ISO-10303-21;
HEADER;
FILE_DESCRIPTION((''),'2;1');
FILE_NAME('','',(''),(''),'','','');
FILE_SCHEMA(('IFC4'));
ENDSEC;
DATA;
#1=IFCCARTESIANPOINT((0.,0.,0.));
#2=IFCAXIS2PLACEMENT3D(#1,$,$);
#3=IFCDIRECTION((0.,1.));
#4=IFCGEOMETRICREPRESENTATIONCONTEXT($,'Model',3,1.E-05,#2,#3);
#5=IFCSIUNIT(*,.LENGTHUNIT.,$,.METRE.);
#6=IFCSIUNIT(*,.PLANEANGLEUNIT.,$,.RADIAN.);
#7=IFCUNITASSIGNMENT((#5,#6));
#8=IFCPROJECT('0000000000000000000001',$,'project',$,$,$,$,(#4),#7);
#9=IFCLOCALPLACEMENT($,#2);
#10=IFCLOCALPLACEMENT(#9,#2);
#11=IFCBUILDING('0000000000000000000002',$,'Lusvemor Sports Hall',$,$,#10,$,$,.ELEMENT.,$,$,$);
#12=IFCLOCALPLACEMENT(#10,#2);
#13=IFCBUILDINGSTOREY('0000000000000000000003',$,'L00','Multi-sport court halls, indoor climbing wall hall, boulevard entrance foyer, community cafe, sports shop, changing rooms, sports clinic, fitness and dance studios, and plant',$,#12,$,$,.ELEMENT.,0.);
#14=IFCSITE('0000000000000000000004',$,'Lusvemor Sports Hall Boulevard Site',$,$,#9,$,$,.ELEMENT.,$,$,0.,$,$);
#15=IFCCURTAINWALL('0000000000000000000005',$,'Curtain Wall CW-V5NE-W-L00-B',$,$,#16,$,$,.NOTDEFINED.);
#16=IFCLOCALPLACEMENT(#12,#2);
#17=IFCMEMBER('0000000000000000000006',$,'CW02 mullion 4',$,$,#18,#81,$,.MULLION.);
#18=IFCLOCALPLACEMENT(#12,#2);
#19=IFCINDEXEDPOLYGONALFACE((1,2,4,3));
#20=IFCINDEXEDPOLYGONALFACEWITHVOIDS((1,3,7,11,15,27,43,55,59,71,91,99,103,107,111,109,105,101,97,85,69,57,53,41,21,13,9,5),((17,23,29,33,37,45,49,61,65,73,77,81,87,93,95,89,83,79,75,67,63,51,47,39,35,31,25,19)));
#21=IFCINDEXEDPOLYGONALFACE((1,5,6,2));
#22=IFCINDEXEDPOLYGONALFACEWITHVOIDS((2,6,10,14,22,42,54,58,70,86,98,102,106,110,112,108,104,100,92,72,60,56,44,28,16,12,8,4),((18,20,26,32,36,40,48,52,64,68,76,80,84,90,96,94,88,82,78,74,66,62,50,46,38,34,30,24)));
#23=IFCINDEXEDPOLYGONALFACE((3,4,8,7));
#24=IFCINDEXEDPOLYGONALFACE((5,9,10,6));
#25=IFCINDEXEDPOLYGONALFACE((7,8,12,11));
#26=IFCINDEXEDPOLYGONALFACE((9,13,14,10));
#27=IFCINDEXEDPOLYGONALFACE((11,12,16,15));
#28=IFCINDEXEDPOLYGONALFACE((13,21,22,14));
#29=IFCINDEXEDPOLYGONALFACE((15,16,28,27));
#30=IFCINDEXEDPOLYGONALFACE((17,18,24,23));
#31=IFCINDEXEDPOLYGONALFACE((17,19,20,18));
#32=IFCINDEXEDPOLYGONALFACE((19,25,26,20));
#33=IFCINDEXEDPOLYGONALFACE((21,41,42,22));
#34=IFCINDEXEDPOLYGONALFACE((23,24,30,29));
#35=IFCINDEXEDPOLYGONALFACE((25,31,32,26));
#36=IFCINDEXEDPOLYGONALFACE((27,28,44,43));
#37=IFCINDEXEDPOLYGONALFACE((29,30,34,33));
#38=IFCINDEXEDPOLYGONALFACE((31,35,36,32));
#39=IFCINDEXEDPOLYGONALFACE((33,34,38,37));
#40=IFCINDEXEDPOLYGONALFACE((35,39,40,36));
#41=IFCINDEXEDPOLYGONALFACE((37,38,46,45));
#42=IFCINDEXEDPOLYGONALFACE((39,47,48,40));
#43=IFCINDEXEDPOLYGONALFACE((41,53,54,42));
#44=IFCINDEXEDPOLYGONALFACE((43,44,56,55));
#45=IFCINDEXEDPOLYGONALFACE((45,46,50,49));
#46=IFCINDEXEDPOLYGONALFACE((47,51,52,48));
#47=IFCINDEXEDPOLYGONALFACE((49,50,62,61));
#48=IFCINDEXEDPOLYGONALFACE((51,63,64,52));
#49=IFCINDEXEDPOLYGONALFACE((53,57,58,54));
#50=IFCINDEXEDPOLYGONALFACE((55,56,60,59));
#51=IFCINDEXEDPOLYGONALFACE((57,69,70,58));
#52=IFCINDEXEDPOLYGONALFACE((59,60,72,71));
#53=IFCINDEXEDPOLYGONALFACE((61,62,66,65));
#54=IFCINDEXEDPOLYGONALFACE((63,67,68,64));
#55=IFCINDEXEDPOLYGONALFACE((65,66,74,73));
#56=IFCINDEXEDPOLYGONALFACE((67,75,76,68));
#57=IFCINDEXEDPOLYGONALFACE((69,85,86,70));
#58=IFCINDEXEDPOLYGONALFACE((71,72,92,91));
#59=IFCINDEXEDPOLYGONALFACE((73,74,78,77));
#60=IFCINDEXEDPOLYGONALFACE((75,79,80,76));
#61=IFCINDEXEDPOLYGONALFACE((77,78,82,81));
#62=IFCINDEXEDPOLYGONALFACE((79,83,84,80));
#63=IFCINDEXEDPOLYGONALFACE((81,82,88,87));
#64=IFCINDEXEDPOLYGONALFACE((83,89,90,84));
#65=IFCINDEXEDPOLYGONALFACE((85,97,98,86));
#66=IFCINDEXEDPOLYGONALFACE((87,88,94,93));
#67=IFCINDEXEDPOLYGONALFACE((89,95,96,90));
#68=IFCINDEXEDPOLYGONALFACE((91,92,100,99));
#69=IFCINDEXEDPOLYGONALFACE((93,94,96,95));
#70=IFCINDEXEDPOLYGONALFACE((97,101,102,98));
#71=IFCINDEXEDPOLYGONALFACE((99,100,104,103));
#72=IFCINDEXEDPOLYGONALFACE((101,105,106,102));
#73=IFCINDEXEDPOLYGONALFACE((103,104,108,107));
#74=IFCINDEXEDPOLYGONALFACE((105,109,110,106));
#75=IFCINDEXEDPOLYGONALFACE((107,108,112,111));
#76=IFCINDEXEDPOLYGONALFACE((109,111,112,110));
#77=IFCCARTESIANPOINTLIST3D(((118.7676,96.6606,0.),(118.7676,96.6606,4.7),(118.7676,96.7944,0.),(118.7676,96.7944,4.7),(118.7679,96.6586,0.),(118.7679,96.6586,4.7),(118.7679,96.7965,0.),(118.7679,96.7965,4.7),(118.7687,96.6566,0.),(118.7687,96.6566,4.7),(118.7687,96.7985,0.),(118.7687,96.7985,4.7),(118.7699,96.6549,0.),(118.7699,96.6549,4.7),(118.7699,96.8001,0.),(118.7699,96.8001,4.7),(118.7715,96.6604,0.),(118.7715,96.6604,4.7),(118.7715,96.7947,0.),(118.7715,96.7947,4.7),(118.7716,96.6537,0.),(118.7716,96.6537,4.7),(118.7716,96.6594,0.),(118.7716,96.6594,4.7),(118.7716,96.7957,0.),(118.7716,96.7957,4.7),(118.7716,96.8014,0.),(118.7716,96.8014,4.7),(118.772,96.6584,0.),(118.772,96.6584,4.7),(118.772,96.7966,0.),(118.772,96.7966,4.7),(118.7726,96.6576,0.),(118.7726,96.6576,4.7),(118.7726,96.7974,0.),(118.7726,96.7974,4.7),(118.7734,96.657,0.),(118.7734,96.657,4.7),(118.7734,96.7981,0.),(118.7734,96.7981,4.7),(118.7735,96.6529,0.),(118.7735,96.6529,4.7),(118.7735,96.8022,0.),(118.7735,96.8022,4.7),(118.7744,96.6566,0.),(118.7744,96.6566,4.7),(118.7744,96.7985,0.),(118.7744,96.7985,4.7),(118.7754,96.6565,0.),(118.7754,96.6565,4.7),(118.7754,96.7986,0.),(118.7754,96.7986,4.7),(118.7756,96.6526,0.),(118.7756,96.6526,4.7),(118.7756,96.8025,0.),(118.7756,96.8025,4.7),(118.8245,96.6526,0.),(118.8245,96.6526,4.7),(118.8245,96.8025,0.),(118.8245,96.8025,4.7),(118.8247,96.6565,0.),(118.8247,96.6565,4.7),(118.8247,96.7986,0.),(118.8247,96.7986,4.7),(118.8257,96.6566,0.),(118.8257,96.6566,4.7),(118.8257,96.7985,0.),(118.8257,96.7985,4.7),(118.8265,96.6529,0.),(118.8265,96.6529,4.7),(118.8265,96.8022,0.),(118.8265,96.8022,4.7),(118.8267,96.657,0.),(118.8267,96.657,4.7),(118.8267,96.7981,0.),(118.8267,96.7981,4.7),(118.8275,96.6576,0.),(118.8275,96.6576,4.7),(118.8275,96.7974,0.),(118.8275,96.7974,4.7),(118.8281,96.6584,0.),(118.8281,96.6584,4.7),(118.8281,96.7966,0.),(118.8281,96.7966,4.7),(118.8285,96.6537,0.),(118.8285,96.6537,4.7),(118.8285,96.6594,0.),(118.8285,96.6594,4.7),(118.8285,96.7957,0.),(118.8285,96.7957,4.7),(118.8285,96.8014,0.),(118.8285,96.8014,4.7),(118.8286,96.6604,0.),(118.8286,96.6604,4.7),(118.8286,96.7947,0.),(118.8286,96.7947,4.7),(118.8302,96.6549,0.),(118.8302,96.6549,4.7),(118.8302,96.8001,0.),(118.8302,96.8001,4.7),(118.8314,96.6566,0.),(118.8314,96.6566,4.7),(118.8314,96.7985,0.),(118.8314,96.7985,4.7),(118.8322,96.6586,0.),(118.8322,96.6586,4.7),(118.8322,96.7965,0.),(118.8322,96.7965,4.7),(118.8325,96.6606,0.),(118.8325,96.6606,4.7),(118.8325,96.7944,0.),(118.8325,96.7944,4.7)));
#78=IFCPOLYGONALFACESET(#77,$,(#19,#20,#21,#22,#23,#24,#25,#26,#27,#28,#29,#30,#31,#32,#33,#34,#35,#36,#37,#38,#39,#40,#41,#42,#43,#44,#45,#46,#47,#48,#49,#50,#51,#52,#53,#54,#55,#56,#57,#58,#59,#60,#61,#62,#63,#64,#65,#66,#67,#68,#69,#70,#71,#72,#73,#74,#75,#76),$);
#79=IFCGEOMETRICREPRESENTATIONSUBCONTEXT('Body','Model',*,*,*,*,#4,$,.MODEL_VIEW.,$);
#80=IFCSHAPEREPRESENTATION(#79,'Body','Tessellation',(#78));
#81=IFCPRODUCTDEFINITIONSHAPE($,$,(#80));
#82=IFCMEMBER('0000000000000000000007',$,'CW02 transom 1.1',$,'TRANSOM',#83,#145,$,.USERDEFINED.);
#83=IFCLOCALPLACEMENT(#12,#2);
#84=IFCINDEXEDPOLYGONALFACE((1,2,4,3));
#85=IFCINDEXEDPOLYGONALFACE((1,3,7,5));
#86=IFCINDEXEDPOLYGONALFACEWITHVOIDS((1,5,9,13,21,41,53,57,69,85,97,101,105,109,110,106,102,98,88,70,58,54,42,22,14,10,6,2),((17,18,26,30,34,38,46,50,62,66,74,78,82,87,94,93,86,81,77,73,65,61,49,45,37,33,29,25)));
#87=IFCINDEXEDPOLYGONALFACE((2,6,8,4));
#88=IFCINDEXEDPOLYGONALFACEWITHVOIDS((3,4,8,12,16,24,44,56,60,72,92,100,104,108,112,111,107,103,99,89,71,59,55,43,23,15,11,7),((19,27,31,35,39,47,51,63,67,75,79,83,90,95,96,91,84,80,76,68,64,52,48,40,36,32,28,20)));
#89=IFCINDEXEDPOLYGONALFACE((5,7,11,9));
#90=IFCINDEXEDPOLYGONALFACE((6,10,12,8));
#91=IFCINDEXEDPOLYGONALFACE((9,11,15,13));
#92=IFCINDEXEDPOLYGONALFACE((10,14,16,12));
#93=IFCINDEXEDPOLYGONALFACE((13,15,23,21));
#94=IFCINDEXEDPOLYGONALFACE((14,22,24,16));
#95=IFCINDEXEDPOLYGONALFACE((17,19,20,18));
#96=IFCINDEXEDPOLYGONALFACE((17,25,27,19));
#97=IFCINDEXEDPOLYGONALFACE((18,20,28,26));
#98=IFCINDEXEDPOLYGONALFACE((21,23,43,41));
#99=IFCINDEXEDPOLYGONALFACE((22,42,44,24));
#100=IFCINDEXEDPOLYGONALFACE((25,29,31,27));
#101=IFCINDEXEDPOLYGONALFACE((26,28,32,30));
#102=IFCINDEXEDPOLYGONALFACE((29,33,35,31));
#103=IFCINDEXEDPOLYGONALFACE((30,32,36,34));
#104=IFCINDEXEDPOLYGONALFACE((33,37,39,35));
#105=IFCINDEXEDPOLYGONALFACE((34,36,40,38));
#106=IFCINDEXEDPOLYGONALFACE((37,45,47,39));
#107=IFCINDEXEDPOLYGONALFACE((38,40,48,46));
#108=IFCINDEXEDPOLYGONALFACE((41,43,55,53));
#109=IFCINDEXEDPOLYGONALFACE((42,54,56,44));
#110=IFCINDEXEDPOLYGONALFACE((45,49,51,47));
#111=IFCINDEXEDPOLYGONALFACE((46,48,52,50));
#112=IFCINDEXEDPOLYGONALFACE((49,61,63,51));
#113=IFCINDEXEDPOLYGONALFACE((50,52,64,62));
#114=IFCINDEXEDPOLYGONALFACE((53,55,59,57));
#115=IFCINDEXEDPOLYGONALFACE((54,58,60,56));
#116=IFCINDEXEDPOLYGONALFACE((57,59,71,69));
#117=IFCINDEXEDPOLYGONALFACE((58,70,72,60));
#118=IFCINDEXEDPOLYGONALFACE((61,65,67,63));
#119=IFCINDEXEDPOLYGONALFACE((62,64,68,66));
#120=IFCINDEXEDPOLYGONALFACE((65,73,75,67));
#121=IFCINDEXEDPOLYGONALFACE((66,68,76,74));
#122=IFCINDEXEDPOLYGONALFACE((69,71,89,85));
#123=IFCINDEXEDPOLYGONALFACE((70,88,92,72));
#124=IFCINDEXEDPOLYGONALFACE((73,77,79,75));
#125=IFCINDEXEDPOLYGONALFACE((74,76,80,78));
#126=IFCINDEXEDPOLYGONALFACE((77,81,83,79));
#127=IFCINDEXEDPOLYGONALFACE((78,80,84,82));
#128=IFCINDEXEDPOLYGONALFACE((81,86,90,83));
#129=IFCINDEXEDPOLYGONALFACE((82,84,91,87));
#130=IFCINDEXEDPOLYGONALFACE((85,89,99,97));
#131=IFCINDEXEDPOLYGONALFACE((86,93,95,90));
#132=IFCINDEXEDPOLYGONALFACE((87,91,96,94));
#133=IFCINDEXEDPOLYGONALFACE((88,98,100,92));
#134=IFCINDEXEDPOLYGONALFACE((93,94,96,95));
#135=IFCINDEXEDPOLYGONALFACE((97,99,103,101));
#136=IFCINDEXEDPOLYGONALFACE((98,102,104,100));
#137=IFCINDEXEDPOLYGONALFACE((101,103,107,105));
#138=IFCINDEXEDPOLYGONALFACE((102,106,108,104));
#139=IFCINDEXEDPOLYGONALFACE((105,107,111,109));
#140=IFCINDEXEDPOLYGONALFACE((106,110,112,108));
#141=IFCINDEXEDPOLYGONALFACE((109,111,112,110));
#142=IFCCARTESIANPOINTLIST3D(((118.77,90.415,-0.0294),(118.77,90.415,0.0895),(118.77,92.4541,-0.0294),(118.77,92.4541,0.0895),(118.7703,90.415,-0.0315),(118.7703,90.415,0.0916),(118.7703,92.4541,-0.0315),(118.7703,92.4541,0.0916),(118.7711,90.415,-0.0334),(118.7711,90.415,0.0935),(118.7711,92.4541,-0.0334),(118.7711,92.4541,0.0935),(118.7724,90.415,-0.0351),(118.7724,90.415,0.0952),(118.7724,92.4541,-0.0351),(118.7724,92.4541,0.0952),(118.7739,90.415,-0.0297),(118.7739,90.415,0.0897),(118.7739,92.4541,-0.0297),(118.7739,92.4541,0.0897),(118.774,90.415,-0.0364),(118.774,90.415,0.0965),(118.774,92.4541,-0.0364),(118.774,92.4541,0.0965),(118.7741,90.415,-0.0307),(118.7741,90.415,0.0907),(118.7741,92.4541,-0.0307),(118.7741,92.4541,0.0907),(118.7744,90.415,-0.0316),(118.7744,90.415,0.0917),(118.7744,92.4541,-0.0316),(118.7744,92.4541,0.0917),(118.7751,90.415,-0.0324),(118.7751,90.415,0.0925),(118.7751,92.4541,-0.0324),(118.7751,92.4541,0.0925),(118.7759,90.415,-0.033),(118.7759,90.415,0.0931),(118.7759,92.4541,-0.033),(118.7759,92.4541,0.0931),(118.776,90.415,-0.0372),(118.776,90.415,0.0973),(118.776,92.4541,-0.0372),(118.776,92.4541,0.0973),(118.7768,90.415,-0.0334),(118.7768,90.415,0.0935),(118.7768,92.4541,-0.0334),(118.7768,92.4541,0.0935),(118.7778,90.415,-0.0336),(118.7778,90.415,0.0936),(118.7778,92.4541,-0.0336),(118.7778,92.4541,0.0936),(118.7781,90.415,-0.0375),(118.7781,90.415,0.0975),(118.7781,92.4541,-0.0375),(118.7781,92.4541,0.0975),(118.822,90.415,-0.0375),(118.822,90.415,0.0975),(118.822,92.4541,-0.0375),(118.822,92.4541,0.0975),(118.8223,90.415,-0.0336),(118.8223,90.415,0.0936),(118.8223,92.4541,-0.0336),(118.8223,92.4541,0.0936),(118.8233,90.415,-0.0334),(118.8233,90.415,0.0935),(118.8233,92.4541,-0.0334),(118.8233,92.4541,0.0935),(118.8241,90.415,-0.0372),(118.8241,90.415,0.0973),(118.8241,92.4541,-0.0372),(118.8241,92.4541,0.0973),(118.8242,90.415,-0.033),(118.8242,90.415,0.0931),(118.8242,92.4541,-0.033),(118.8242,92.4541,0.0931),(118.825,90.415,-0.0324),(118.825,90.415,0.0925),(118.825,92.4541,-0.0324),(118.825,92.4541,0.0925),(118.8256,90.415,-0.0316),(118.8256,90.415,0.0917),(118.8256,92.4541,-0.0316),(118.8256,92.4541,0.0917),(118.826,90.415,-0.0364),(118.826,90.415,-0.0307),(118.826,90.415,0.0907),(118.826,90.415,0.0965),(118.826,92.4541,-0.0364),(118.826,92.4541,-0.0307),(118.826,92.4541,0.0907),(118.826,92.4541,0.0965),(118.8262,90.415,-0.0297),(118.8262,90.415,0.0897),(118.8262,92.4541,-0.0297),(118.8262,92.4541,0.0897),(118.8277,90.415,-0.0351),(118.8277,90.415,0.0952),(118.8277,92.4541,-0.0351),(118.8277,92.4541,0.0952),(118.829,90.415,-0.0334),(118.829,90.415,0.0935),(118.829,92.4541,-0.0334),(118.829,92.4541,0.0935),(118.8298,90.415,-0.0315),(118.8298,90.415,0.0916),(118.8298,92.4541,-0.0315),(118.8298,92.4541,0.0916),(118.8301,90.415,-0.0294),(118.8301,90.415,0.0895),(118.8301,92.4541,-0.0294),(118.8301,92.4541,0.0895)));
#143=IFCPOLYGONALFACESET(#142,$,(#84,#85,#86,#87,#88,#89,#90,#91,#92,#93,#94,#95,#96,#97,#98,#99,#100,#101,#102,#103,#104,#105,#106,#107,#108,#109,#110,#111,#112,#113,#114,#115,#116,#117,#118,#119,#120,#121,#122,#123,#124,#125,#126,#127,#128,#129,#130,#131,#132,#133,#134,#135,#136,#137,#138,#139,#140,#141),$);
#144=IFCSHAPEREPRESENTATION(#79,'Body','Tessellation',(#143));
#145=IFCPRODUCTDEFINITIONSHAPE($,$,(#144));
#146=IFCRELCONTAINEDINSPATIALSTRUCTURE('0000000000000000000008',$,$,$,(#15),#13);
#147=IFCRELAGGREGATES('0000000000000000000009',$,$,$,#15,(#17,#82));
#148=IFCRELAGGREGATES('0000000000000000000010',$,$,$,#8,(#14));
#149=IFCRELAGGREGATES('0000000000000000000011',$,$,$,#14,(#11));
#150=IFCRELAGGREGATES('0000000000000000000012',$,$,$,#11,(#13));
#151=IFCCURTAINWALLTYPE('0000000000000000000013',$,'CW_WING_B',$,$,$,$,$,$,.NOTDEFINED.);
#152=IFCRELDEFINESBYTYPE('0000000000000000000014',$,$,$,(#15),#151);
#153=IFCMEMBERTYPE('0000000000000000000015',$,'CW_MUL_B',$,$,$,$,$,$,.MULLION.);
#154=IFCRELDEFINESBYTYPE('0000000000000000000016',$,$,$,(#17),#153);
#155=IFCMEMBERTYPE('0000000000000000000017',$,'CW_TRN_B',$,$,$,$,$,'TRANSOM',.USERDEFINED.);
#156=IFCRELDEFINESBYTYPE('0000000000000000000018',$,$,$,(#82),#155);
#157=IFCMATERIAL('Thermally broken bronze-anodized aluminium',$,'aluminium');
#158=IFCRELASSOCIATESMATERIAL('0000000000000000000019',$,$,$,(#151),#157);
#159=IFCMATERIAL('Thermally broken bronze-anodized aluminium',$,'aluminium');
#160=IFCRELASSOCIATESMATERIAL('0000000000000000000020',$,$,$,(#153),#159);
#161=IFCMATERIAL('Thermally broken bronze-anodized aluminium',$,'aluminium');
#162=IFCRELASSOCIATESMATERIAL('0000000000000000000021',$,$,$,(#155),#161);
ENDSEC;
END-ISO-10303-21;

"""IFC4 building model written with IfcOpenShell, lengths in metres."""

from ifc_helpers import new_model, si_unit, direction, frame, origin, origin_2d, place, context, subcontext, project, spatial, hollow_rectangle, extrude, material, material_profile, profile_set, type_object, element, aggregate, save


model = new_model("IFC4")

# Units and contexts
model_context = context("Model", 3, precision=1e-05, world=origin(), true_north=direction((0.0, 1.0)))
body_context = subcontext(model_context, "Body", "Model", "MODEL_VIEW")
ifc_project = project(units=[si_unit("LENGTHUNIT", "METRE"), si_unit("PLANEANGLEUNIT", "RADIAN")], contexts=[model_context])

# Site, building, storey
site_placement = place(None, origin())
site = spatial("IfcSite", under=ifc_project, at=site_placement, Name="Lusvemor Sports Hall Boulevard Site", CompositionType="ELEMENT", RefElevation=0.0)
building_placement = place(site_placement, origin())
building = spatial("IfcBuilding", under=site, at=building_placement, Name="Lusvemor Sports Hall", CompositionType="ELEMENT")
storey_placement = place(building_placement, origin())
storey = spatial("IfcBuildingStorey", under=building, at=storey_placement, Name="L00", Description="Multi-sport court halls, indoor climbing wall hall, boulevard entrance foyer, community cafe, sports shop, changing rooms, sports clinic, fitness and dance studios, and plant", CompositionType="ELEMENT", Elevation=0.0)

# Curtain wall, members
ifc_material_1 = material(Name="Thermally broken bronze-anodized aluminium", Category="aluminium")
curtain_wall_type = type_object("IfcCurtainWallType", Name="CW_WING_B", PredefinedType="NOTDEFINED", material=ifc_material_1)
curtain_wall_placement = place(storey_placement, origin())
curtain_wall = element("IfcCurtainWall", 1, at=curtain_wall_placement, inside=storey, type_object=curtain_wall_type, Name="Curtain Wall CW-V5NE-W-L00-B", PredefinedType="NOTDEFINED")
ifc_material_2 = material(Name="Thermally broken bronze-anodized aluminium", Category="aluminium")
ifc_material_profile_1 = material_profile(ifc_material_2, hollow_rectangle(XDim=0.0649, YDim=0.1499, WallThickness=0.0039, InnerFilletRadius=0.0039, OuterFilletRadius=0.0081, at=origin_2d()), Name="CWMUL150x65x4")
ifc_profile_set_1 = profile_set([ifc_material_profile_1], Name="Thermally broken bronze-anodized aluminium")
member_type_1 = type_object("IfcMemberType", Name="CW_MUL_B", PredefinedType="MULLION", material=ifc_profile_set_1)
member_1_placement = place(storey_placement, frame((118.8, 96.7275, 0.0), z_axis=(0.0, 0.0, 1.0), x_axis=(-1.0, 0.0, 0.0)))
member_1 = element("IfcMember", 2, at=member_1_placement, type_object=member_type_1, Name="CW02 mullion 4", PredefinedType="MULLION", context=body_context, shape_type="SweptSolid", body=[
    extrude(hollow_rectangle(XDim=0.0649, YDim=0.1499, WallThickness=0.0039, InnerFilletRadius=0.0039, OuterFilletRadius=0.0081, at=origin_2d()), origin(), (0.0, 0.0, 1.0), 4.7),
])
ifc_material_3 = material(Name="Thermally broken bronze-anodized aluminium", Category="aluminium")
ifc_material_profile_2 = material_profile(ifc_material_3, hollow_rectangle(XDim=0.0601, YDim=0.135, WallThickness=0.0039, InnerFilletRadius=0.0039, OuterFilletRadius=0.0081, at=origin_2d()), Name="CWTRN135x60x4")
ifc_profile_set_2 = profile_set([ifc_material_profile_2], Name="Thermally broken bronze-anodized aluminium")
member_type_2 = type_object("IfcMemberType", Name="CW_TRN_B", ElementType="TRANSOM", PredefinedType="USERDEFINED", material=ifc_profile_set_2)
member_2_placement = place(storey_placement, frame((118.8, 90.415, 0.03), z_axis=(0.0, 1.0, 0.0), x_axis=(-1.0, 0.0, 0.0)))
member_2 = element("IfcMember", 3, at=member_2_placement, type_object=member_type_2, Name="CW02 transom 1.1", ObjectType="TRANSOM", PredefinedType="USERDEFINED", context=body_context, shape_type="SweptSolid", body=[
    extrude(hollow_rectangle(XDim=0.0601, YDim=0.135, WallThickness=0.0039, InnerFilletRadius=0.0039, OuterFilletRadius=0.0081, at=origin_2d()), origin(), (0.0, 0.0, 1.0), 2.0391),
])
aggregate(curtain_wall, [member_1, member_2])

save(model, "model.ifc")
